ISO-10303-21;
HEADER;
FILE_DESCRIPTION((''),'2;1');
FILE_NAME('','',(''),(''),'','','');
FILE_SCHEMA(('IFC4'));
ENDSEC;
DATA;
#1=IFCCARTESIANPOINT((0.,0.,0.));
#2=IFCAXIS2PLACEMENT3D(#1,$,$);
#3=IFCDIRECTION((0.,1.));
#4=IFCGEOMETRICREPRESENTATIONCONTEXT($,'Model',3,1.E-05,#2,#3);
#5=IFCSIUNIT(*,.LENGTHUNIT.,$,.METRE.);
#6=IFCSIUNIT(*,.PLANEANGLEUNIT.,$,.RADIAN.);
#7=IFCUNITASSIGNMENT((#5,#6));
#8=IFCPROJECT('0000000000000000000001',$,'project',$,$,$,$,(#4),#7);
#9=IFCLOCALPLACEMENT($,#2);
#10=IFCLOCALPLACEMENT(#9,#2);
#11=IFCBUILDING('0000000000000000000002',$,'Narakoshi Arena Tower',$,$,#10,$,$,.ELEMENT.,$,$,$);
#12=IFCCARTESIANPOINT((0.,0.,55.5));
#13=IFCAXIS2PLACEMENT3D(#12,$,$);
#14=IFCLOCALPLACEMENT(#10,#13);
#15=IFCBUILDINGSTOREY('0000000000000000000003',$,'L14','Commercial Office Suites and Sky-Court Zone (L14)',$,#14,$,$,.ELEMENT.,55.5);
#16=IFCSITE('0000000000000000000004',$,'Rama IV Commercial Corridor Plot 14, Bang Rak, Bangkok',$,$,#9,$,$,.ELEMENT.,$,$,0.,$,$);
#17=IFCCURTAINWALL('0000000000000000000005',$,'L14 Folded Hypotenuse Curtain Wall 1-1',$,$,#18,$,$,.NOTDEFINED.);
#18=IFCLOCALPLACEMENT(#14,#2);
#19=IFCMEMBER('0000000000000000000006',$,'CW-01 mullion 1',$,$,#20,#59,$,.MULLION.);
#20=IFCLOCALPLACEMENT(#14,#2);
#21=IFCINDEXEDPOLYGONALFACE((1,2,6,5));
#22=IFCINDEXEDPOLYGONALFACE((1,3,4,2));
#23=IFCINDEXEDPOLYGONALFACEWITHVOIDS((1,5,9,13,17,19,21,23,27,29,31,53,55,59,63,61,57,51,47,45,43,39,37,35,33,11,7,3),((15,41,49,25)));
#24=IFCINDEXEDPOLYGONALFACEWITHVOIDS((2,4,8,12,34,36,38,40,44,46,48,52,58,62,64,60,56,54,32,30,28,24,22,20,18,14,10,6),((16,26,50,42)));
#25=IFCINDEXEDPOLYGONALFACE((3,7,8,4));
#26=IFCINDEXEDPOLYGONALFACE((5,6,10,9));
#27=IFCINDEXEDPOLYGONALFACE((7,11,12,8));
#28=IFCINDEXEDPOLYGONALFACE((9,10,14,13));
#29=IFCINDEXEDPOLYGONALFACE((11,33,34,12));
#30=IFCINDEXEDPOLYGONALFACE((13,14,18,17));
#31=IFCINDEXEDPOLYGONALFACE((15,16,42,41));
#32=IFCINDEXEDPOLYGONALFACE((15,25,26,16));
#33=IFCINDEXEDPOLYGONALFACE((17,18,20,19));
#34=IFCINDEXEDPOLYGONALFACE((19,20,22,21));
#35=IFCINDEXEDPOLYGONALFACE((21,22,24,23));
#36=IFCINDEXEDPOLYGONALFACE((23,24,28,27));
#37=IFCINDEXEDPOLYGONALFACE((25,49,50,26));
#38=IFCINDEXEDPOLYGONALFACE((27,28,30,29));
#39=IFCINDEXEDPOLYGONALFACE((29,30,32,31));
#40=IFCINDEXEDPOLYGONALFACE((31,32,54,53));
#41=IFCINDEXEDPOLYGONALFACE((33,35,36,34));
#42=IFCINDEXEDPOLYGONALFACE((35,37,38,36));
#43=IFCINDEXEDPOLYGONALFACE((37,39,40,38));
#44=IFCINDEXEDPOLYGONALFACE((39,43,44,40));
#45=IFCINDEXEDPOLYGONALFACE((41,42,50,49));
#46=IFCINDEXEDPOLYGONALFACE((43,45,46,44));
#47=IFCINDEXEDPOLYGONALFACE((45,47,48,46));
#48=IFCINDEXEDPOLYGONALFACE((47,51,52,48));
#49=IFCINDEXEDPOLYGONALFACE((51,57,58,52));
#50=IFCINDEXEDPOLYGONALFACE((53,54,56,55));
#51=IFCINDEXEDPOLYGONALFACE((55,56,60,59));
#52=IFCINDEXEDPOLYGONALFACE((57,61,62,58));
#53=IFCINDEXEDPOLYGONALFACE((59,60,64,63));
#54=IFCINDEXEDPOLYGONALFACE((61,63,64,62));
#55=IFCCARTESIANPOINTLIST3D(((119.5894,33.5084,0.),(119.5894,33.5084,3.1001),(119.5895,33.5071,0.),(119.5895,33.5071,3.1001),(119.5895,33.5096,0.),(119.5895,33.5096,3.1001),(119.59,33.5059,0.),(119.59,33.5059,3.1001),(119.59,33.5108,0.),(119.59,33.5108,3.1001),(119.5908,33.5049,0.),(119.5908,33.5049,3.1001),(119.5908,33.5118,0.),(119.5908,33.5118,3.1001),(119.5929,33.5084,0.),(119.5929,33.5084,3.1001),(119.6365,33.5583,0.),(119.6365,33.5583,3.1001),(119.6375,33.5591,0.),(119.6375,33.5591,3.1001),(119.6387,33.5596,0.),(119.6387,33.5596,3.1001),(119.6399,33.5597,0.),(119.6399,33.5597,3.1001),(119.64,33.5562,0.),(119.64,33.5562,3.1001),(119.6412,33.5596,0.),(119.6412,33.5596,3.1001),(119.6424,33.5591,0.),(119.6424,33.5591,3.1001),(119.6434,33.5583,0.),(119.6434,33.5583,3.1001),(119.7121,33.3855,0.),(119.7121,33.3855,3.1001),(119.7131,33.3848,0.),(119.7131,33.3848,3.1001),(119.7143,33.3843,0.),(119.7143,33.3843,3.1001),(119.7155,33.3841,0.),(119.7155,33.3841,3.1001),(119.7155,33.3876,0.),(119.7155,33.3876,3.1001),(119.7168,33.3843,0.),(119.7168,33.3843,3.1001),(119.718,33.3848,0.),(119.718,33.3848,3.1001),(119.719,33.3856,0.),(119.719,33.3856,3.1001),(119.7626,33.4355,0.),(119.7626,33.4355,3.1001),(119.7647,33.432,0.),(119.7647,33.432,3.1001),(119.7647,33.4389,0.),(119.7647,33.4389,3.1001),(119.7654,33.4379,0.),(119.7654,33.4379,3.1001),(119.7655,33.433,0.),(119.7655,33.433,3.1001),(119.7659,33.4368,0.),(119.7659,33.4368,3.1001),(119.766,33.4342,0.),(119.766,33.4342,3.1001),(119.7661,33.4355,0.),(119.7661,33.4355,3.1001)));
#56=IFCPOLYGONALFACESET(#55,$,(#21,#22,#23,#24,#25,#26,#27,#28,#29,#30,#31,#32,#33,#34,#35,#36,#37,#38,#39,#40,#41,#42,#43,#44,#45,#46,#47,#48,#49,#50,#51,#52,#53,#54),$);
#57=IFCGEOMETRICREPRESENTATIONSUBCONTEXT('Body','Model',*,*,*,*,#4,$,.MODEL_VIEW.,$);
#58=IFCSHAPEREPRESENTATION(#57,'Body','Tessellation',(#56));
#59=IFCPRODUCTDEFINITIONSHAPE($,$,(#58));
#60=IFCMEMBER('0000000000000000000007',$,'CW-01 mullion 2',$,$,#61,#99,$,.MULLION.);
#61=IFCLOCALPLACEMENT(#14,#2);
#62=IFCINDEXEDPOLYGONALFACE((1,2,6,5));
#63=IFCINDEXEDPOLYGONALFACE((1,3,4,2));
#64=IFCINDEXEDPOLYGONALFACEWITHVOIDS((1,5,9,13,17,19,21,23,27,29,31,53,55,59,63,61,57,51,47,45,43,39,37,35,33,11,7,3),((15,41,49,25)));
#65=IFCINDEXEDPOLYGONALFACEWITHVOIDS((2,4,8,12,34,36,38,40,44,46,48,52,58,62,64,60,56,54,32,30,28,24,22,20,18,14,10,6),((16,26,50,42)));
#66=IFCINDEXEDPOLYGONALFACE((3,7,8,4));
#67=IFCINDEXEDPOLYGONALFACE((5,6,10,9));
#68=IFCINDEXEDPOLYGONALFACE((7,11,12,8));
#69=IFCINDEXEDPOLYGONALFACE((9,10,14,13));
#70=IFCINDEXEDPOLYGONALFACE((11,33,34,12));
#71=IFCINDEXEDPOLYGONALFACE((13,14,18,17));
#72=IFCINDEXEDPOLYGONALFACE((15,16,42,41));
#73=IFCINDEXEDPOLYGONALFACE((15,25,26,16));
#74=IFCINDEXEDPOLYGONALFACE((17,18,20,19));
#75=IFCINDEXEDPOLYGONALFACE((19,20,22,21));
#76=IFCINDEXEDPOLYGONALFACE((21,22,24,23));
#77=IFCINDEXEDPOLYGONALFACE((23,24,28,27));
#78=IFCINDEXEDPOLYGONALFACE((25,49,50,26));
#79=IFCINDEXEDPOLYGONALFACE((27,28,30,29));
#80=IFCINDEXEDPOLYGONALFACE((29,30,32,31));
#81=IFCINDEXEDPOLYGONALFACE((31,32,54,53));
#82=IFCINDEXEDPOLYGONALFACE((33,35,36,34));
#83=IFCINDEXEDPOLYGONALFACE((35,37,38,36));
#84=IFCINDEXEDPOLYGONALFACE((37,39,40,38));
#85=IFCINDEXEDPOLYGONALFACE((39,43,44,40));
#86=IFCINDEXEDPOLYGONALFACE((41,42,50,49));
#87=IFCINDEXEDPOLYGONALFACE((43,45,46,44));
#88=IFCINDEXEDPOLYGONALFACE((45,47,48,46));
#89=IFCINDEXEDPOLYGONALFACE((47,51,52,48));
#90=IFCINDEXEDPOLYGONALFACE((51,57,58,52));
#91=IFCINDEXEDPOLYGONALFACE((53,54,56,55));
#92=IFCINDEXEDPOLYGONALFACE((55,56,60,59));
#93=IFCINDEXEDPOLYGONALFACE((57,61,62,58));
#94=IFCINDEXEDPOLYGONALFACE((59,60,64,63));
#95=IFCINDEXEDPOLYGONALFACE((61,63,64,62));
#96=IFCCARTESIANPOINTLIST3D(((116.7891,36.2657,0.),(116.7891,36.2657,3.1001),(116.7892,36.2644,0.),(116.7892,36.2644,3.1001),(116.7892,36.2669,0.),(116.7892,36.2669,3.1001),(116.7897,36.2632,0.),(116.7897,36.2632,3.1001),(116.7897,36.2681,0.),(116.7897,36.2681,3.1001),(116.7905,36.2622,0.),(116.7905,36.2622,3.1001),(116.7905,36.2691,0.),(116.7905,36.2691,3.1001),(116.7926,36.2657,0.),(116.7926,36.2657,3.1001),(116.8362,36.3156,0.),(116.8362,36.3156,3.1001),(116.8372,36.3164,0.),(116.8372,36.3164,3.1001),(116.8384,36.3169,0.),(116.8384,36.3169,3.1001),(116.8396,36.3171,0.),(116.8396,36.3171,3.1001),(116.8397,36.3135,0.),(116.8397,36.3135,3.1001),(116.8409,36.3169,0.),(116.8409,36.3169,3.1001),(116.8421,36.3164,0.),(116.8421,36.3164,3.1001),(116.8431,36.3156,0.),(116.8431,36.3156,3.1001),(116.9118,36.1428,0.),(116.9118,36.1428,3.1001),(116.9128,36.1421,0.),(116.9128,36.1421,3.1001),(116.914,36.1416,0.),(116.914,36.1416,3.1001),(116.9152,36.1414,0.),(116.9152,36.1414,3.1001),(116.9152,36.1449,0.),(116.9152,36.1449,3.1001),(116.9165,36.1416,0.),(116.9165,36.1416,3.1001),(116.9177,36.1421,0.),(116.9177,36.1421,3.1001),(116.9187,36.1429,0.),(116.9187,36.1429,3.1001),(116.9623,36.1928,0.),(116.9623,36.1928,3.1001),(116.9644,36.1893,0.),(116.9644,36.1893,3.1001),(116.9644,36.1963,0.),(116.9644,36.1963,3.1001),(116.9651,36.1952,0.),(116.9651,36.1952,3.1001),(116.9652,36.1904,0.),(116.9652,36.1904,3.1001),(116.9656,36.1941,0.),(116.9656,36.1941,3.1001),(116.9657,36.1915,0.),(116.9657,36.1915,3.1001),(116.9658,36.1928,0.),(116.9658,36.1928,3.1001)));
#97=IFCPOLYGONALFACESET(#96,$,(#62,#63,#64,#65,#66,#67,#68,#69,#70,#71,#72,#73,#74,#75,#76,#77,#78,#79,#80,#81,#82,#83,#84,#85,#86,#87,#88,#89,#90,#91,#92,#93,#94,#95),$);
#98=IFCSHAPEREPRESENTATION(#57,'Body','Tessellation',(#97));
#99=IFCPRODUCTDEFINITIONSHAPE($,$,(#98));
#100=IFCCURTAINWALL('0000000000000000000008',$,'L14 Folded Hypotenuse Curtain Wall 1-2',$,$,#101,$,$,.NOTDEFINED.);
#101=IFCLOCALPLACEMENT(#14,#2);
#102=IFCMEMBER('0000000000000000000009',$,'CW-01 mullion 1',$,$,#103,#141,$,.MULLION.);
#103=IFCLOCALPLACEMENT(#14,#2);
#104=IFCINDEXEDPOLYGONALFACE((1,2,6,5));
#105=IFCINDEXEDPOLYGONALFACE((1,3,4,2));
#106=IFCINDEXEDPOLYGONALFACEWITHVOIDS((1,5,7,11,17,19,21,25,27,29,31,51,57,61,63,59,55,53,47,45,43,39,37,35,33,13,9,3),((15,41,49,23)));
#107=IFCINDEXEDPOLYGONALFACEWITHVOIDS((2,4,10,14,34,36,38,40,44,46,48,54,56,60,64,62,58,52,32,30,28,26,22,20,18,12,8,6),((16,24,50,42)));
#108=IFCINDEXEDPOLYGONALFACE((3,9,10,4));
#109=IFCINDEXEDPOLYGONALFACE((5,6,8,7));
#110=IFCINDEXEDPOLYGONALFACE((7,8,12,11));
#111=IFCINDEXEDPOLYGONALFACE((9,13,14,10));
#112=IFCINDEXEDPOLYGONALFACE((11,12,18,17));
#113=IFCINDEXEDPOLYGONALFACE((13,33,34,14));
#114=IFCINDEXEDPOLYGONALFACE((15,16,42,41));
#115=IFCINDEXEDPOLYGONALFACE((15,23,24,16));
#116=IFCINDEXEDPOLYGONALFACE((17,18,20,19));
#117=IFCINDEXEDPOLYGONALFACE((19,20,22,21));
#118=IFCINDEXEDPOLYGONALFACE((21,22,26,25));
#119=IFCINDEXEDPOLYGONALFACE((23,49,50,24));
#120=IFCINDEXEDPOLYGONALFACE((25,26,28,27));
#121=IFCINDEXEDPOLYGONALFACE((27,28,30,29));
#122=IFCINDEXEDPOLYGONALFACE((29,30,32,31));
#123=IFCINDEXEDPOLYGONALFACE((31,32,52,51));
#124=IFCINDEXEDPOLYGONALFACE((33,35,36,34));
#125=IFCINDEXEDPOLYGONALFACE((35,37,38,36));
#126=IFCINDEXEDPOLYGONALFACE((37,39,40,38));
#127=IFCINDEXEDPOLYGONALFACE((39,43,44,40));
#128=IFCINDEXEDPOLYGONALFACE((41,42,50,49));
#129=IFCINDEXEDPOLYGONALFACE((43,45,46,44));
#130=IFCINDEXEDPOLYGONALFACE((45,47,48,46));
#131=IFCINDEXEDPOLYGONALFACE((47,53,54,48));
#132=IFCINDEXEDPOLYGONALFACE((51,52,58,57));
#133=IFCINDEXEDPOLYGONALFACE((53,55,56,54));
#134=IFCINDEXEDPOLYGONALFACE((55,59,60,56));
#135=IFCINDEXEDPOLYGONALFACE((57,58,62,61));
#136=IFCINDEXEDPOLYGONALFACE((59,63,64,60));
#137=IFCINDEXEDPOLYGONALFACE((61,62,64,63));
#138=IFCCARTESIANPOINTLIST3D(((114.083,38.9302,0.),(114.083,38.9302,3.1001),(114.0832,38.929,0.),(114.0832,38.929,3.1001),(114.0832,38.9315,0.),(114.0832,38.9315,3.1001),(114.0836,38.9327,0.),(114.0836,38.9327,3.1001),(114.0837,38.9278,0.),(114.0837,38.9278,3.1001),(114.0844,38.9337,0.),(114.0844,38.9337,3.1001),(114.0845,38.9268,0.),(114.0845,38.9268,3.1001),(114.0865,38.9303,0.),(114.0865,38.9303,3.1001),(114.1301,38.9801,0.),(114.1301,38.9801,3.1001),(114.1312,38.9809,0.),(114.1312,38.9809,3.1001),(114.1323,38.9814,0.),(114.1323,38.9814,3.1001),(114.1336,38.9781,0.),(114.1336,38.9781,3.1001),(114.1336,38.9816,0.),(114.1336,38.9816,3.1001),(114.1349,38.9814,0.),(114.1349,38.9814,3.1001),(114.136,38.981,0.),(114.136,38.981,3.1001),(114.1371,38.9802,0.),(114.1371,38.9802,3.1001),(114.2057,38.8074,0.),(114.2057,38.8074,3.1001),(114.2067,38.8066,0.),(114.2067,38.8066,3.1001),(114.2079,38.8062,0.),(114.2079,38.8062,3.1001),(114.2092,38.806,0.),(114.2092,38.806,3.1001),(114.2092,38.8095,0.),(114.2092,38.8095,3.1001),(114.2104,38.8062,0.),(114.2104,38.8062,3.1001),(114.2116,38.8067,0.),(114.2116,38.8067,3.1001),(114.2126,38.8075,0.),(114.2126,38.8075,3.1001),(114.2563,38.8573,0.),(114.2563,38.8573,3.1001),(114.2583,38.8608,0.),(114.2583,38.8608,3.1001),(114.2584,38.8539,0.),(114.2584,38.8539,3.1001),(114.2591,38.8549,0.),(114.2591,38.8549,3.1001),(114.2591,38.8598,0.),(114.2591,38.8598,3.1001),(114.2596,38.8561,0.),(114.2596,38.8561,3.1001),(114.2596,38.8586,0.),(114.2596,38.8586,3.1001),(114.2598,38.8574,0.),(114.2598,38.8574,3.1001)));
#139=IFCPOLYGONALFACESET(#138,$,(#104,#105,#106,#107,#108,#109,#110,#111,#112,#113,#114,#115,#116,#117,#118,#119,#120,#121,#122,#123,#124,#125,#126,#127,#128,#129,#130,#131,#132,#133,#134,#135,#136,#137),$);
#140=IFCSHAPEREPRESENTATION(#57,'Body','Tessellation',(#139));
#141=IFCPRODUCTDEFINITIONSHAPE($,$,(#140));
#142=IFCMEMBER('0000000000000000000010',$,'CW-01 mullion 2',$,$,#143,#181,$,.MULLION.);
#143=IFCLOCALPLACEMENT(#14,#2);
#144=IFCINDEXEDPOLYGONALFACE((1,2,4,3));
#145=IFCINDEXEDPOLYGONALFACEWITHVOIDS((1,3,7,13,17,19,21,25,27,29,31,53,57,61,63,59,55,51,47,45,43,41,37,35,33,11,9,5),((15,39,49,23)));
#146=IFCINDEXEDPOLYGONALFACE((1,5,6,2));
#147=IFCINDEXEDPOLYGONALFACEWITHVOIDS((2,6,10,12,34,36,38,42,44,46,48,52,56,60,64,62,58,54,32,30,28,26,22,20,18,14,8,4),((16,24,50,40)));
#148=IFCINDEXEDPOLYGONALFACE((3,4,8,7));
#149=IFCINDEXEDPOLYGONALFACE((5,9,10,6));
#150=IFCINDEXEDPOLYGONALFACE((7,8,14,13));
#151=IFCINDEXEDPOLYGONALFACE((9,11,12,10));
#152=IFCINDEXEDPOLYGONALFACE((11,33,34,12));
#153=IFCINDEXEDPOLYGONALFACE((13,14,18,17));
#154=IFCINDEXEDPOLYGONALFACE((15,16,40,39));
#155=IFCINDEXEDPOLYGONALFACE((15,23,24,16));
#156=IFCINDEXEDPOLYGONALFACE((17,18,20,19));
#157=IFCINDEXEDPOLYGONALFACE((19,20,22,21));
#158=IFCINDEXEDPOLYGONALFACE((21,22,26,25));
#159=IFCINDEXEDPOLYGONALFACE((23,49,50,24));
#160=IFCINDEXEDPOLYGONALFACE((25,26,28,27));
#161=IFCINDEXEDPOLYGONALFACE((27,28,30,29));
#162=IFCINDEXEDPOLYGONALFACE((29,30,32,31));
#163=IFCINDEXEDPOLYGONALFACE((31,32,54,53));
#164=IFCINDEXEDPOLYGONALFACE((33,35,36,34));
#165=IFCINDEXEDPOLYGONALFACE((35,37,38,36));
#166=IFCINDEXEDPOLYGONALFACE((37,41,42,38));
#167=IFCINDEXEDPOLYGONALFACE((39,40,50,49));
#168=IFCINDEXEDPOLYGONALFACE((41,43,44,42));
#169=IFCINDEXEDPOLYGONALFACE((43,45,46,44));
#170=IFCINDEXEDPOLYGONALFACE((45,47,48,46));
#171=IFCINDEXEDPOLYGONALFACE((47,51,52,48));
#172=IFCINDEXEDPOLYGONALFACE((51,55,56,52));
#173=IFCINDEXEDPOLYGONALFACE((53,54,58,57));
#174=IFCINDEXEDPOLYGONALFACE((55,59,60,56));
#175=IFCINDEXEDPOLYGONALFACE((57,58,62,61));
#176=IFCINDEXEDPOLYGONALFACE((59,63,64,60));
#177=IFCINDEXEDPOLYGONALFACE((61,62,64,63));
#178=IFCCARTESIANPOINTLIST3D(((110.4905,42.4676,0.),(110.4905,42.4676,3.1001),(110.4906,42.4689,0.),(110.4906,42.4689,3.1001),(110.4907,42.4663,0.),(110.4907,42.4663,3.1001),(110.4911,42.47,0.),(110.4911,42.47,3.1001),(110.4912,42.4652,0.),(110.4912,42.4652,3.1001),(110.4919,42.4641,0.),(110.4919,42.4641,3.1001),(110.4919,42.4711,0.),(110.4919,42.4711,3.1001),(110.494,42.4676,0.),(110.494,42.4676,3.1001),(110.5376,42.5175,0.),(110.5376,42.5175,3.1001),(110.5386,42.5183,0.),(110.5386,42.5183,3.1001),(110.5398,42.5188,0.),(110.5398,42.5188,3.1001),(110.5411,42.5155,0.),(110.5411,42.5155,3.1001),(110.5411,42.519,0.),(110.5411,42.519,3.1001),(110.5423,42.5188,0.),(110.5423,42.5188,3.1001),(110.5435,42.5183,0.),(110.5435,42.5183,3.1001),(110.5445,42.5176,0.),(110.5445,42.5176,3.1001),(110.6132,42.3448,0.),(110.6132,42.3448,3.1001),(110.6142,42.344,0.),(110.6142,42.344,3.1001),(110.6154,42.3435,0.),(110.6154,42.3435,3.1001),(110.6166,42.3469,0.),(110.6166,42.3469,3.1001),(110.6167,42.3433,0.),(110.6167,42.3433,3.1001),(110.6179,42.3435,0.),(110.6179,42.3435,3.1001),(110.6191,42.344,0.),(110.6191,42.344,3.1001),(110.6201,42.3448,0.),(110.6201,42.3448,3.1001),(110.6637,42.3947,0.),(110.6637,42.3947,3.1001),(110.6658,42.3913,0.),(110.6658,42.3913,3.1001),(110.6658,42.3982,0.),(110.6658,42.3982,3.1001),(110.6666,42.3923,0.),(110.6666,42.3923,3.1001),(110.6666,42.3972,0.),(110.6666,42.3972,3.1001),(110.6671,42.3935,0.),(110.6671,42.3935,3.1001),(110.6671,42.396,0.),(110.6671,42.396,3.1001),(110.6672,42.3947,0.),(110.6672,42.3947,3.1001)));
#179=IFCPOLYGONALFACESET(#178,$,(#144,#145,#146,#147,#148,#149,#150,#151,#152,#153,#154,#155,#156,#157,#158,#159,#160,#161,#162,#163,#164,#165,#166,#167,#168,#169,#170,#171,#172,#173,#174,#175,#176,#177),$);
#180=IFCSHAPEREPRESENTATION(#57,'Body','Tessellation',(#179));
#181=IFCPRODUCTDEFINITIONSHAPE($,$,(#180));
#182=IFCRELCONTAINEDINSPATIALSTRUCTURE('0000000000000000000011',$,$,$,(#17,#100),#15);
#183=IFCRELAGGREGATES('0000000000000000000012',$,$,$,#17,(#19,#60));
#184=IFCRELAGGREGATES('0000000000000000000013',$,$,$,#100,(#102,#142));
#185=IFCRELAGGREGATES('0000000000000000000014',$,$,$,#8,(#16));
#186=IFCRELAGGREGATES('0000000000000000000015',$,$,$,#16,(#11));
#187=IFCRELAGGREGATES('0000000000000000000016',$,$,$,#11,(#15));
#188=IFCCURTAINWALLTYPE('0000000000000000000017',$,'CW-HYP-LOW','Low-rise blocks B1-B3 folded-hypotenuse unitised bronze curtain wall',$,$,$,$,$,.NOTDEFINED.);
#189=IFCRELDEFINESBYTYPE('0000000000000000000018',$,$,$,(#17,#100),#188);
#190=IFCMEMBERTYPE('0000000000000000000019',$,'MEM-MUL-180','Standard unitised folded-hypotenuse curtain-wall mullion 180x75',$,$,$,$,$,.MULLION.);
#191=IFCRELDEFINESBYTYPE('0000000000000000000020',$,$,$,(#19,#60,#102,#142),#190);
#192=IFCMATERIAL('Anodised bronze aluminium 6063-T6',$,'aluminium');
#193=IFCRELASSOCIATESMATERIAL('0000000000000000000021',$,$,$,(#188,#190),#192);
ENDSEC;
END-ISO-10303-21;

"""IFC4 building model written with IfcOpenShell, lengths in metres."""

from ifc_helpers import new_model, si_unit, direction, frame, origin, origin_2d, place, context, subcontext, project, spatial, hollow_rectangle, extrude, material, material_profile, profile_set, type_object, element, aggregate, save


model = new_model("IFC4")

# Units and contexts
model_context = context("Model", 3, precision=1e-05, world=origin(), true_north=direction((0.0, 1.0)))
body_context = subcontext(model_context, "Body", "Model", "MODEL_VIEW")
ifc_project = project(units=[si_unit("LENGTHUNIT", "METRE"), si_unit("PLANEANGLEUNIT", "RADIAN")], contexts=[model_context])

# Site, building, storey
site_placement = place(None, origin())
site = spatial("IfcSite", under=ifc_project, at=site_placement, Name="Rama IV Commercial Corridor Plot 14, Bang Rak, Bangkok", CompositionType="ELEMENT", RefElevation=0.0)
building_placement = place(site_placement, origin())
building = spatial("IfcBuilding", under=site, at=building_placement, Name="Narakoshi Arena Tower", CompositionType="ELEMENT")
storey_placement = place(building_placement, frame((0.0, 0.0, 55.5)))
storey = spatial("IfcBuildingStorey", under=building, at=storey_placement, Name="L14", Description="Commercial Office Suites and Sky-Court Zone (L14)", CompositionType="ELEMENT", Elevation=55.5)

# Curtain walls, members
ifc_material_1 = material(Name="Anodised bronze aluminium 6063-T6", Category="aluminium")
curtain_wall_type = type_object("IfcCurtainWallType", Name="CW-HYP-LOW", Description="Low-rise blocks B1-B3 folded-hypotenuse unitised bronze curtain wall", PredefinedType="NOTDEFINED", material=ifc_material_1)
curtain_wall_1_placement = place(storey_placement, origin())
curtain_wall_1 = element("IfcCurtainWall", 1, at=curtain_wall_1_placement, inside=storey, type_object=curtain_wall_type, Name="L14 Folded Hypotenuse Curtain Wall 1-1", PredefinedType="NOTDEFINED")
ifc_material_profile_1 = material_profile(ifc_material_1, hollow_rectangle(XDim=0.075, YDim=0.1799, WallThickness=0.0039, OuterFilletRadius=0.0049, at=origin_2d()), Name="MUL180x75x4")
ifc_profile_set_1 = profile_set([ifc_material_profile_1], Name="Anodised bronze aluminium 6063-T6")
member_type_1 = type_object("IfcMemberType", Name="MEM-MUL-180", Description="Standard unitised folded-hypotenuse curtain-wall mullion 180x75", PredefinedType="MULLION", material=ifc_profile_set_1)
member_1_placement = place(storey_placement, frame((119.6777, 33.4719, 0.0), z_axis=(0.0, 0.0, 1.0), x_axis=(-0.70163, -0.712541, 0.0)))
member_1 = element("IfcMember", 2, at=member_1_placement, type_object=member_type_1, Name="CW-01 mullion 1", PredefinedType="MULLION", context=body_context, shape_type="SweptSolid", body=[
    extrude(hollow_rectangle(XDim=0.075, YDim=0.1799, WallThickness=0.0039, OuterFilletRadius=0.0049, at=origin_2d()), origin(), (0.0, 0.0, 1.0), 3.1001),
])
member_2_placement = place(storey_placement, frame((116.8774, 36.2292, 0.0), z_axis=(0.0, 0.0, 1.0), x_axis=(-0.70163, -0.712541, 0.0)))
member_2 = element("IfcMember", 3, at=member_2_placement, type_object=member_type_1, Name="CW-01 mullion 2", PredefinedType="MULLION", context=body_context, shape_type="SweptSolid", body=[
    extrude(hollow_rectangle(XDim=0.075, YDim=0.1799, WallThickness=0.0039, OuterFilletRadius=0.0049, at=origin_2d()), origin(), (0.0, 0.0, 1.0), 3.1001),
])
curtain_wall_2_placement = place(storey_placement, origin())
curtain_wall_2 = element("IfcCurtainWall", 4, at=curtain_wall_2_placement, inside=storey, type_object=curtain_wall_type, Name="L14 Folded Hypotenuse Curtain Wall 1-2", PredefinedType="NOTDEFINED")
member_3_placement = place(storey_placement, frame((114.1714, 38.8938, 0.0), z_axis=(0.0, 0.0, 1.0), x_axis=(-0.701623, -0.712548, 0.0)))
member_3 = element("IfcMember", 5, at=member_3_placement, type_object=member_type_1, Name="CW-01 mullion 1", PredefinedType="MULLION", context=body_context, shape_type="SweptSolid", body=[
    extrude(hollow_rectangle(XDim=0.075, YDim=0.1799, WallThickness=0.0039, OuterFilletRadius=0.0049, at=origin_2d()), origin(), (0.0, 0.0, 1.0), 3.1001),
])
member_4_placement = place(storey_placement, frame((110.5789, 42.4312, 0.0), z_axis=(0.0, 0.0, 1.0), x_axis=(-0.701623, -0.712548, 0.0)))
member_4 = element("IfcMember", 6, at=member_4_placement, type_object=member_type_1, Name="CW-01 mullion 2", PredefinedType="MULLION", context=body_context, shape_type="SweptSolid", body=[
    extrude(hollow_rectangle(XDim=0.075, YDim=0.1799, WallThickness=0.0039, OuterFilletRadius=0.0049, at=origin_2d()), origin(), (0.0, 0.0, 1.0), 3.1001),
])

aggregate(curtain_wall_1, [member_1, member_2])
aggregate(curtain_wall_2, [member_3, member_4])

save(model, "model.ifc")
